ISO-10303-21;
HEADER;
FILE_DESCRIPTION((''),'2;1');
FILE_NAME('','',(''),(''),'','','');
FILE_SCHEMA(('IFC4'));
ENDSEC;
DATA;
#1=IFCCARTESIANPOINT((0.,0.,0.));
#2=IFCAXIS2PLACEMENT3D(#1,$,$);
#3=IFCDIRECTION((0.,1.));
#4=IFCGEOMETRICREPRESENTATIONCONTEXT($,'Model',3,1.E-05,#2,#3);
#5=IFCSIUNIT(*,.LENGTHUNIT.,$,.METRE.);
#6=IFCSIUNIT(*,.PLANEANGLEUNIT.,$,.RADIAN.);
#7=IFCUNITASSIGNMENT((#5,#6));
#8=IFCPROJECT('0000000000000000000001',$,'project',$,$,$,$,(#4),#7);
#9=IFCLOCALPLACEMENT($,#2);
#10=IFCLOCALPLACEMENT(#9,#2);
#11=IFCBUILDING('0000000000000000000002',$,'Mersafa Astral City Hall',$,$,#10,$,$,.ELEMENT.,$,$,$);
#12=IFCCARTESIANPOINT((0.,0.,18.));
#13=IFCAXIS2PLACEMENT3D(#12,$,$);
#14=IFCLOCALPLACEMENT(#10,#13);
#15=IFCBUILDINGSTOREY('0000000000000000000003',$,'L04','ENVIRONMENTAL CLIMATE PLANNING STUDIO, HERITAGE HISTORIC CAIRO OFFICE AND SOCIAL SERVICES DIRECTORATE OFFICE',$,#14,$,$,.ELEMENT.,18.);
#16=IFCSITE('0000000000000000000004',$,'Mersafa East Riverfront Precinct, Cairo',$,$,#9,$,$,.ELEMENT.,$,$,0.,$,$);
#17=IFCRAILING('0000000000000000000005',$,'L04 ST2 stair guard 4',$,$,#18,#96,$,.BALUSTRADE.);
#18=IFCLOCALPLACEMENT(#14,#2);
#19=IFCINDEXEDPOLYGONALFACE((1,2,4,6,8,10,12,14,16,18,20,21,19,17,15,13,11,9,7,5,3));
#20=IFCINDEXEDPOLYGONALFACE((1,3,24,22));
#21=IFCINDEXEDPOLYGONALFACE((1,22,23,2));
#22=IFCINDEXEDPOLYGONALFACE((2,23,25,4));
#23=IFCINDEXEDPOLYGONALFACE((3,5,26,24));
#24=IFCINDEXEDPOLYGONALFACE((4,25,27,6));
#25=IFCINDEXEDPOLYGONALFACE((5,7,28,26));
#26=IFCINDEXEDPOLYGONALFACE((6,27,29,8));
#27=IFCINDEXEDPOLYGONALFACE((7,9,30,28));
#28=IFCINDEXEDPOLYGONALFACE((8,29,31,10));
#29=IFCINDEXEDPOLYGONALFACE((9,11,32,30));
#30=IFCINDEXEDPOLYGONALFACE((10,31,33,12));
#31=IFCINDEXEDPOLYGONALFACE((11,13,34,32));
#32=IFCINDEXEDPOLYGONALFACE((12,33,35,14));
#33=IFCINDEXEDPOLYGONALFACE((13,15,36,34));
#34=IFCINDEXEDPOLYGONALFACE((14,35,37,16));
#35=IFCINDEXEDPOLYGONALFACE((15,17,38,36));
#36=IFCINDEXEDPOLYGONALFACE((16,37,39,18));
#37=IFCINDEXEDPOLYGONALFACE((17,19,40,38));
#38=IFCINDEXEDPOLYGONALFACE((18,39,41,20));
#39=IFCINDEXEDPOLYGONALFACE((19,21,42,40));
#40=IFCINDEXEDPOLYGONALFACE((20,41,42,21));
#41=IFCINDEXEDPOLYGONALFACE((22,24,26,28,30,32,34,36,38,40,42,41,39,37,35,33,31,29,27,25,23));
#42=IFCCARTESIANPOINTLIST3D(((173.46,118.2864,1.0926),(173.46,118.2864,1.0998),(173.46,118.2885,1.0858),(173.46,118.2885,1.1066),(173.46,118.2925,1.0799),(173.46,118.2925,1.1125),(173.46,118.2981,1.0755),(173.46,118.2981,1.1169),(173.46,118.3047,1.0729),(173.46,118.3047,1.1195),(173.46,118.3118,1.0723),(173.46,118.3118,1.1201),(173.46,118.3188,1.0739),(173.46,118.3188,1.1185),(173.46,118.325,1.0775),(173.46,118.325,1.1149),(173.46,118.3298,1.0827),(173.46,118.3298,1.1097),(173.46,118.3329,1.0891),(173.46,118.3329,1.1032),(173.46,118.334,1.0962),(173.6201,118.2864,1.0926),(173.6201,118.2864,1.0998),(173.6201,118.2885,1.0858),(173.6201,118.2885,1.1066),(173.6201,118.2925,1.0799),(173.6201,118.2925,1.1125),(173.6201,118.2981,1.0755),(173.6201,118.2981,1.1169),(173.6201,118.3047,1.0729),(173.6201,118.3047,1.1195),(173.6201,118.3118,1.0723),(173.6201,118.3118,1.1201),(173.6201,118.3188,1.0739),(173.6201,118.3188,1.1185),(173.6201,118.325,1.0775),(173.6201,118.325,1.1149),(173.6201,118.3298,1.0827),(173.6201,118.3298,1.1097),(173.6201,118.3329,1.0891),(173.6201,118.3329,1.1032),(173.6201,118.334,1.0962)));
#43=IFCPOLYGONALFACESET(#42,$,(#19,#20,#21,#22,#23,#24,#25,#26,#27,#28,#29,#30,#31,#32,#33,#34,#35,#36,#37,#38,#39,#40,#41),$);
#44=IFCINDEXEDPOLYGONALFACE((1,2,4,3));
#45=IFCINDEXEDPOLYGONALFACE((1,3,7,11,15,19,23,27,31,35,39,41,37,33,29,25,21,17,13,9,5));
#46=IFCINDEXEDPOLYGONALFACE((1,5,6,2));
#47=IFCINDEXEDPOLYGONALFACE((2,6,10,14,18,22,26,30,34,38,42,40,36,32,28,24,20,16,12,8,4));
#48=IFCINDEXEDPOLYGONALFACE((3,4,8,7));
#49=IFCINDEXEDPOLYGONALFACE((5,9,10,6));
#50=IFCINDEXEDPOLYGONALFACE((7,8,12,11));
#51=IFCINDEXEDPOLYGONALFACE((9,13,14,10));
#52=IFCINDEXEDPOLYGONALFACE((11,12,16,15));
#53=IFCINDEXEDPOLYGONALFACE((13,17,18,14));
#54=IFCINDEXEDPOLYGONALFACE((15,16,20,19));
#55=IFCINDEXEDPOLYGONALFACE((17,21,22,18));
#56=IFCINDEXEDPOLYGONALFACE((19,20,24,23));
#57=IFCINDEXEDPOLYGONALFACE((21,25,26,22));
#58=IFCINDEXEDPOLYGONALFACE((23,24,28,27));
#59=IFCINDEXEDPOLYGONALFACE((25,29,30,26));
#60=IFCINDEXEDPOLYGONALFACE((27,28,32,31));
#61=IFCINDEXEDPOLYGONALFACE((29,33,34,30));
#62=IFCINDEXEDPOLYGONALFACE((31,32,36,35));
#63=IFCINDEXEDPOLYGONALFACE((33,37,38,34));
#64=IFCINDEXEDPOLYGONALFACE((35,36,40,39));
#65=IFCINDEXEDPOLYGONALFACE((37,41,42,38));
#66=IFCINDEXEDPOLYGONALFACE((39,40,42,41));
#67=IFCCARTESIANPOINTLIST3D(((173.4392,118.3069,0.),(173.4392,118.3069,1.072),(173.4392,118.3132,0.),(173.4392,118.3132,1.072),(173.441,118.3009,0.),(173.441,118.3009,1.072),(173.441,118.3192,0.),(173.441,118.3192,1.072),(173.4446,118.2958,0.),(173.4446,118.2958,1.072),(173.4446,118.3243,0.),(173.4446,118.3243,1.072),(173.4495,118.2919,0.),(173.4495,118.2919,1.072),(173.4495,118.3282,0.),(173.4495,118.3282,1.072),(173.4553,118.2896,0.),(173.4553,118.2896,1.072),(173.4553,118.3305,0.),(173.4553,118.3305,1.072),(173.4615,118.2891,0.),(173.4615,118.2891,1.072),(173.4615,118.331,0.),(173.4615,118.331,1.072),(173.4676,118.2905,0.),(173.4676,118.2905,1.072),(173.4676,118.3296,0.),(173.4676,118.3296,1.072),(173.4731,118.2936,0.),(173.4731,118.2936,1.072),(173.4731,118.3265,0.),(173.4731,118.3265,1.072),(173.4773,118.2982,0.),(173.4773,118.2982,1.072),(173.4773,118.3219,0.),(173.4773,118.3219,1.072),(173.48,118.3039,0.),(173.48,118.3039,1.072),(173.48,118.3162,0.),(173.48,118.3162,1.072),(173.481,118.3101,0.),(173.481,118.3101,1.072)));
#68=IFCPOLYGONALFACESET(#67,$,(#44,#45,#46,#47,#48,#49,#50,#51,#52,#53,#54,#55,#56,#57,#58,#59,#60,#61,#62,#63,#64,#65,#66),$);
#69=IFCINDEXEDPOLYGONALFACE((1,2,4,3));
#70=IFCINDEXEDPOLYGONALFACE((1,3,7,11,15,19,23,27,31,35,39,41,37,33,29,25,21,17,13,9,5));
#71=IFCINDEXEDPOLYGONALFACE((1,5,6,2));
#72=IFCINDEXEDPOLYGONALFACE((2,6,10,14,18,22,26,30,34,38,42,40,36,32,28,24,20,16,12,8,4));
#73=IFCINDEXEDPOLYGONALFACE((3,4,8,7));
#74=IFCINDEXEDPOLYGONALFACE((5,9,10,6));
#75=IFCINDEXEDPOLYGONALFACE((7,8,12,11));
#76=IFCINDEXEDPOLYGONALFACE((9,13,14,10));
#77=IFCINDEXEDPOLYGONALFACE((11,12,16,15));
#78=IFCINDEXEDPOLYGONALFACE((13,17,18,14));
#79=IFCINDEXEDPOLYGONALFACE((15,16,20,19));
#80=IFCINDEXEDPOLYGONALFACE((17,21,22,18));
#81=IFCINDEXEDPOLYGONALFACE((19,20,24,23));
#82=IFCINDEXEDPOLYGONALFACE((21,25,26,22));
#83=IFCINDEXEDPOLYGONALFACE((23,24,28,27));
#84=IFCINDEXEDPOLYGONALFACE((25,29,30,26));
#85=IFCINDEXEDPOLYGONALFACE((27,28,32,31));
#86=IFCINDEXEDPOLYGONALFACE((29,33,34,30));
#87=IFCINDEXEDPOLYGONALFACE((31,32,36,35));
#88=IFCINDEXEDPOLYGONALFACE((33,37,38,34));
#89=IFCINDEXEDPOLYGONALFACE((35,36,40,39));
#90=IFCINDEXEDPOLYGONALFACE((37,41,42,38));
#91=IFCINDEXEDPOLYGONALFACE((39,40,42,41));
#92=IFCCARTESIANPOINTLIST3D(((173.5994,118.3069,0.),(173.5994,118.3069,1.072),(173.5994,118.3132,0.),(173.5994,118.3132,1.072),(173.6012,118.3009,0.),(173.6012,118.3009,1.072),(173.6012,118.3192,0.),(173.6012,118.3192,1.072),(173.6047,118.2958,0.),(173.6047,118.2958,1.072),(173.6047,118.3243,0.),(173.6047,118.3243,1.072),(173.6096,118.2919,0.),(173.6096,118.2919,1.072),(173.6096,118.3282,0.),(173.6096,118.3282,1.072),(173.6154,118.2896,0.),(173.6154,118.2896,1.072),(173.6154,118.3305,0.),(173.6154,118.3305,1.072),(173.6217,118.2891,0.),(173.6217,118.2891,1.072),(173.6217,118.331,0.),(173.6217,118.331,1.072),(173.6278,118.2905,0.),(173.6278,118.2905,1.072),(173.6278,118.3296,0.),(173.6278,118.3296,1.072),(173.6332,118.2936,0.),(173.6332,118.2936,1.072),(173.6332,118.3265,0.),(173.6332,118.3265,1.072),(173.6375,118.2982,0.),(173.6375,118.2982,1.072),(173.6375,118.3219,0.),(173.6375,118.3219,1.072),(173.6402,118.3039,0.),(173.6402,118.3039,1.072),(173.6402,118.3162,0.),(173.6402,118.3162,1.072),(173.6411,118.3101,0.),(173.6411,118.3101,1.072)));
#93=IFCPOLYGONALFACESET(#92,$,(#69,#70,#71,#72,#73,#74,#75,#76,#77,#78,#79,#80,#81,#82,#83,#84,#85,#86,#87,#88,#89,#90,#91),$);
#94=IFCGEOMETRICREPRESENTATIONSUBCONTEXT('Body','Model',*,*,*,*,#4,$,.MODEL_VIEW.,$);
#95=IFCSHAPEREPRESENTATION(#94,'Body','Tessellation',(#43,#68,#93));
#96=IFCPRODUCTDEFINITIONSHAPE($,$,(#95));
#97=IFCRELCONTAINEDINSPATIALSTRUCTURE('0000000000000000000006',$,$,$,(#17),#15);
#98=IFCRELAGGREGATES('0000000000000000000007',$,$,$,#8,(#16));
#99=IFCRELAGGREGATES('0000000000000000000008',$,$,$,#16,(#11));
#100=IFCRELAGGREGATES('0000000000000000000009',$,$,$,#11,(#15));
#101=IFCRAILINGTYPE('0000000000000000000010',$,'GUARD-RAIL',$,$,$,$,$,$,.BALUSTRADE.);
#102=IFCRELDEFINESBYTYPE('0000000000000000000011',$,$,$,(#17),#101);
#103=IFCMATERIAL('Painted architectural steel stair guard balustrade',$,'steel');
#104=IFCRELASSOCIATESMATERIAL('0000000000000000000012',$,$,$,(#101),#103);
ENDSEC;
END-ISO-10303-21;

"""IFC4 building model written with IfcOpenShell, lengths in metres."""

from ifc_helpers import new_model, si_unit, direction, frame, origin, origin_2d, place, context, subcontext, project, spatial, circle, extrude, material, type_object, element, save


model = new_model("IFC4")

# Units and contexts
model_context = context("Model", 3, precision=1e-05, world=origin(), true_north=direction((0.0, 1.0)))
body_context = subcontext(model_context, "Body", "Model", "MODEL_VIEW")
ifc_project = project(units=[si_unit("LENGTHUNIT", "METRE"), si_unit("PLANEANGLEUNIT", "RADIAN")], contexts=[model_context])

# Site, building, storey
site_placement = place(None, origin())
site = spatial("IfcSite", under=ifc_project, at=site_placement, Name="Mersafa East Riverfront Precinct, Cairo", CompositionType="ELEMENT", RefElevation=0.0)
building_placement = place(site_placement, origin())
building = spatial("IfcBuilding", under=site, at=building_placement, Name="Mersafa Astral City Hall", CompositionType="ELEMENT")
storey_placement = place(building_placement, frame((0.0, 0.0, 18.0)))
storey = spatial("IfcBuildingStorey", under=building, at=storey_placement, Name="L04", Description="ENVIRONMENTAL CLIMATE PLANNING STUDIO, HERITAGE HISTORIC CAIRO OFFICE AND SOCIAL SERVICES DIRECTORATE OFFICE", CompositionType="ELEMENT", Elevation=18.0)

# Railing
ifc_material_1 = material(Name="Painted architectural steel stair guard balustrade", Category="steel")
railing_type_1 = type_object("IfcRailingType", Name="GUARD-RAIL", PredefinedType="BALUSTRADE", material=ifc_material_1)
railing_1_placement = place(storey_placement, frame((173.46, 118.3101, 0.0)))
element("IfcRailing", 1, at=railing_1_placement, inside=storey, type_object=railing_type_1, Name="L04 ST2 stair guard 4", PredefinedType="BALUSTRADE", context=body_context, shape_type="SweptSolid", body=[
    extrude(circle(Radius=0.0239, at=origin_2d()), frame((0.0, 0.0, 1.0962), z_axis=(1.0, 0.0, 0.0), x_axis=(0.0, 1.0, 0.0)), (0.0, 0.0, 1.0), 0.1602),
    extrude(circle(Radius=0.021, at=origin_2d()), origin(), (0.0, 0.0, 1.0), 1.072),
    extrude(circle(Radius=0.021, at=origin_2d()), frame((0.1602, 0.0, 0.0)), (0.0, 0.0, 1.0), 1.072),
])

save(model, "model.ifc")
